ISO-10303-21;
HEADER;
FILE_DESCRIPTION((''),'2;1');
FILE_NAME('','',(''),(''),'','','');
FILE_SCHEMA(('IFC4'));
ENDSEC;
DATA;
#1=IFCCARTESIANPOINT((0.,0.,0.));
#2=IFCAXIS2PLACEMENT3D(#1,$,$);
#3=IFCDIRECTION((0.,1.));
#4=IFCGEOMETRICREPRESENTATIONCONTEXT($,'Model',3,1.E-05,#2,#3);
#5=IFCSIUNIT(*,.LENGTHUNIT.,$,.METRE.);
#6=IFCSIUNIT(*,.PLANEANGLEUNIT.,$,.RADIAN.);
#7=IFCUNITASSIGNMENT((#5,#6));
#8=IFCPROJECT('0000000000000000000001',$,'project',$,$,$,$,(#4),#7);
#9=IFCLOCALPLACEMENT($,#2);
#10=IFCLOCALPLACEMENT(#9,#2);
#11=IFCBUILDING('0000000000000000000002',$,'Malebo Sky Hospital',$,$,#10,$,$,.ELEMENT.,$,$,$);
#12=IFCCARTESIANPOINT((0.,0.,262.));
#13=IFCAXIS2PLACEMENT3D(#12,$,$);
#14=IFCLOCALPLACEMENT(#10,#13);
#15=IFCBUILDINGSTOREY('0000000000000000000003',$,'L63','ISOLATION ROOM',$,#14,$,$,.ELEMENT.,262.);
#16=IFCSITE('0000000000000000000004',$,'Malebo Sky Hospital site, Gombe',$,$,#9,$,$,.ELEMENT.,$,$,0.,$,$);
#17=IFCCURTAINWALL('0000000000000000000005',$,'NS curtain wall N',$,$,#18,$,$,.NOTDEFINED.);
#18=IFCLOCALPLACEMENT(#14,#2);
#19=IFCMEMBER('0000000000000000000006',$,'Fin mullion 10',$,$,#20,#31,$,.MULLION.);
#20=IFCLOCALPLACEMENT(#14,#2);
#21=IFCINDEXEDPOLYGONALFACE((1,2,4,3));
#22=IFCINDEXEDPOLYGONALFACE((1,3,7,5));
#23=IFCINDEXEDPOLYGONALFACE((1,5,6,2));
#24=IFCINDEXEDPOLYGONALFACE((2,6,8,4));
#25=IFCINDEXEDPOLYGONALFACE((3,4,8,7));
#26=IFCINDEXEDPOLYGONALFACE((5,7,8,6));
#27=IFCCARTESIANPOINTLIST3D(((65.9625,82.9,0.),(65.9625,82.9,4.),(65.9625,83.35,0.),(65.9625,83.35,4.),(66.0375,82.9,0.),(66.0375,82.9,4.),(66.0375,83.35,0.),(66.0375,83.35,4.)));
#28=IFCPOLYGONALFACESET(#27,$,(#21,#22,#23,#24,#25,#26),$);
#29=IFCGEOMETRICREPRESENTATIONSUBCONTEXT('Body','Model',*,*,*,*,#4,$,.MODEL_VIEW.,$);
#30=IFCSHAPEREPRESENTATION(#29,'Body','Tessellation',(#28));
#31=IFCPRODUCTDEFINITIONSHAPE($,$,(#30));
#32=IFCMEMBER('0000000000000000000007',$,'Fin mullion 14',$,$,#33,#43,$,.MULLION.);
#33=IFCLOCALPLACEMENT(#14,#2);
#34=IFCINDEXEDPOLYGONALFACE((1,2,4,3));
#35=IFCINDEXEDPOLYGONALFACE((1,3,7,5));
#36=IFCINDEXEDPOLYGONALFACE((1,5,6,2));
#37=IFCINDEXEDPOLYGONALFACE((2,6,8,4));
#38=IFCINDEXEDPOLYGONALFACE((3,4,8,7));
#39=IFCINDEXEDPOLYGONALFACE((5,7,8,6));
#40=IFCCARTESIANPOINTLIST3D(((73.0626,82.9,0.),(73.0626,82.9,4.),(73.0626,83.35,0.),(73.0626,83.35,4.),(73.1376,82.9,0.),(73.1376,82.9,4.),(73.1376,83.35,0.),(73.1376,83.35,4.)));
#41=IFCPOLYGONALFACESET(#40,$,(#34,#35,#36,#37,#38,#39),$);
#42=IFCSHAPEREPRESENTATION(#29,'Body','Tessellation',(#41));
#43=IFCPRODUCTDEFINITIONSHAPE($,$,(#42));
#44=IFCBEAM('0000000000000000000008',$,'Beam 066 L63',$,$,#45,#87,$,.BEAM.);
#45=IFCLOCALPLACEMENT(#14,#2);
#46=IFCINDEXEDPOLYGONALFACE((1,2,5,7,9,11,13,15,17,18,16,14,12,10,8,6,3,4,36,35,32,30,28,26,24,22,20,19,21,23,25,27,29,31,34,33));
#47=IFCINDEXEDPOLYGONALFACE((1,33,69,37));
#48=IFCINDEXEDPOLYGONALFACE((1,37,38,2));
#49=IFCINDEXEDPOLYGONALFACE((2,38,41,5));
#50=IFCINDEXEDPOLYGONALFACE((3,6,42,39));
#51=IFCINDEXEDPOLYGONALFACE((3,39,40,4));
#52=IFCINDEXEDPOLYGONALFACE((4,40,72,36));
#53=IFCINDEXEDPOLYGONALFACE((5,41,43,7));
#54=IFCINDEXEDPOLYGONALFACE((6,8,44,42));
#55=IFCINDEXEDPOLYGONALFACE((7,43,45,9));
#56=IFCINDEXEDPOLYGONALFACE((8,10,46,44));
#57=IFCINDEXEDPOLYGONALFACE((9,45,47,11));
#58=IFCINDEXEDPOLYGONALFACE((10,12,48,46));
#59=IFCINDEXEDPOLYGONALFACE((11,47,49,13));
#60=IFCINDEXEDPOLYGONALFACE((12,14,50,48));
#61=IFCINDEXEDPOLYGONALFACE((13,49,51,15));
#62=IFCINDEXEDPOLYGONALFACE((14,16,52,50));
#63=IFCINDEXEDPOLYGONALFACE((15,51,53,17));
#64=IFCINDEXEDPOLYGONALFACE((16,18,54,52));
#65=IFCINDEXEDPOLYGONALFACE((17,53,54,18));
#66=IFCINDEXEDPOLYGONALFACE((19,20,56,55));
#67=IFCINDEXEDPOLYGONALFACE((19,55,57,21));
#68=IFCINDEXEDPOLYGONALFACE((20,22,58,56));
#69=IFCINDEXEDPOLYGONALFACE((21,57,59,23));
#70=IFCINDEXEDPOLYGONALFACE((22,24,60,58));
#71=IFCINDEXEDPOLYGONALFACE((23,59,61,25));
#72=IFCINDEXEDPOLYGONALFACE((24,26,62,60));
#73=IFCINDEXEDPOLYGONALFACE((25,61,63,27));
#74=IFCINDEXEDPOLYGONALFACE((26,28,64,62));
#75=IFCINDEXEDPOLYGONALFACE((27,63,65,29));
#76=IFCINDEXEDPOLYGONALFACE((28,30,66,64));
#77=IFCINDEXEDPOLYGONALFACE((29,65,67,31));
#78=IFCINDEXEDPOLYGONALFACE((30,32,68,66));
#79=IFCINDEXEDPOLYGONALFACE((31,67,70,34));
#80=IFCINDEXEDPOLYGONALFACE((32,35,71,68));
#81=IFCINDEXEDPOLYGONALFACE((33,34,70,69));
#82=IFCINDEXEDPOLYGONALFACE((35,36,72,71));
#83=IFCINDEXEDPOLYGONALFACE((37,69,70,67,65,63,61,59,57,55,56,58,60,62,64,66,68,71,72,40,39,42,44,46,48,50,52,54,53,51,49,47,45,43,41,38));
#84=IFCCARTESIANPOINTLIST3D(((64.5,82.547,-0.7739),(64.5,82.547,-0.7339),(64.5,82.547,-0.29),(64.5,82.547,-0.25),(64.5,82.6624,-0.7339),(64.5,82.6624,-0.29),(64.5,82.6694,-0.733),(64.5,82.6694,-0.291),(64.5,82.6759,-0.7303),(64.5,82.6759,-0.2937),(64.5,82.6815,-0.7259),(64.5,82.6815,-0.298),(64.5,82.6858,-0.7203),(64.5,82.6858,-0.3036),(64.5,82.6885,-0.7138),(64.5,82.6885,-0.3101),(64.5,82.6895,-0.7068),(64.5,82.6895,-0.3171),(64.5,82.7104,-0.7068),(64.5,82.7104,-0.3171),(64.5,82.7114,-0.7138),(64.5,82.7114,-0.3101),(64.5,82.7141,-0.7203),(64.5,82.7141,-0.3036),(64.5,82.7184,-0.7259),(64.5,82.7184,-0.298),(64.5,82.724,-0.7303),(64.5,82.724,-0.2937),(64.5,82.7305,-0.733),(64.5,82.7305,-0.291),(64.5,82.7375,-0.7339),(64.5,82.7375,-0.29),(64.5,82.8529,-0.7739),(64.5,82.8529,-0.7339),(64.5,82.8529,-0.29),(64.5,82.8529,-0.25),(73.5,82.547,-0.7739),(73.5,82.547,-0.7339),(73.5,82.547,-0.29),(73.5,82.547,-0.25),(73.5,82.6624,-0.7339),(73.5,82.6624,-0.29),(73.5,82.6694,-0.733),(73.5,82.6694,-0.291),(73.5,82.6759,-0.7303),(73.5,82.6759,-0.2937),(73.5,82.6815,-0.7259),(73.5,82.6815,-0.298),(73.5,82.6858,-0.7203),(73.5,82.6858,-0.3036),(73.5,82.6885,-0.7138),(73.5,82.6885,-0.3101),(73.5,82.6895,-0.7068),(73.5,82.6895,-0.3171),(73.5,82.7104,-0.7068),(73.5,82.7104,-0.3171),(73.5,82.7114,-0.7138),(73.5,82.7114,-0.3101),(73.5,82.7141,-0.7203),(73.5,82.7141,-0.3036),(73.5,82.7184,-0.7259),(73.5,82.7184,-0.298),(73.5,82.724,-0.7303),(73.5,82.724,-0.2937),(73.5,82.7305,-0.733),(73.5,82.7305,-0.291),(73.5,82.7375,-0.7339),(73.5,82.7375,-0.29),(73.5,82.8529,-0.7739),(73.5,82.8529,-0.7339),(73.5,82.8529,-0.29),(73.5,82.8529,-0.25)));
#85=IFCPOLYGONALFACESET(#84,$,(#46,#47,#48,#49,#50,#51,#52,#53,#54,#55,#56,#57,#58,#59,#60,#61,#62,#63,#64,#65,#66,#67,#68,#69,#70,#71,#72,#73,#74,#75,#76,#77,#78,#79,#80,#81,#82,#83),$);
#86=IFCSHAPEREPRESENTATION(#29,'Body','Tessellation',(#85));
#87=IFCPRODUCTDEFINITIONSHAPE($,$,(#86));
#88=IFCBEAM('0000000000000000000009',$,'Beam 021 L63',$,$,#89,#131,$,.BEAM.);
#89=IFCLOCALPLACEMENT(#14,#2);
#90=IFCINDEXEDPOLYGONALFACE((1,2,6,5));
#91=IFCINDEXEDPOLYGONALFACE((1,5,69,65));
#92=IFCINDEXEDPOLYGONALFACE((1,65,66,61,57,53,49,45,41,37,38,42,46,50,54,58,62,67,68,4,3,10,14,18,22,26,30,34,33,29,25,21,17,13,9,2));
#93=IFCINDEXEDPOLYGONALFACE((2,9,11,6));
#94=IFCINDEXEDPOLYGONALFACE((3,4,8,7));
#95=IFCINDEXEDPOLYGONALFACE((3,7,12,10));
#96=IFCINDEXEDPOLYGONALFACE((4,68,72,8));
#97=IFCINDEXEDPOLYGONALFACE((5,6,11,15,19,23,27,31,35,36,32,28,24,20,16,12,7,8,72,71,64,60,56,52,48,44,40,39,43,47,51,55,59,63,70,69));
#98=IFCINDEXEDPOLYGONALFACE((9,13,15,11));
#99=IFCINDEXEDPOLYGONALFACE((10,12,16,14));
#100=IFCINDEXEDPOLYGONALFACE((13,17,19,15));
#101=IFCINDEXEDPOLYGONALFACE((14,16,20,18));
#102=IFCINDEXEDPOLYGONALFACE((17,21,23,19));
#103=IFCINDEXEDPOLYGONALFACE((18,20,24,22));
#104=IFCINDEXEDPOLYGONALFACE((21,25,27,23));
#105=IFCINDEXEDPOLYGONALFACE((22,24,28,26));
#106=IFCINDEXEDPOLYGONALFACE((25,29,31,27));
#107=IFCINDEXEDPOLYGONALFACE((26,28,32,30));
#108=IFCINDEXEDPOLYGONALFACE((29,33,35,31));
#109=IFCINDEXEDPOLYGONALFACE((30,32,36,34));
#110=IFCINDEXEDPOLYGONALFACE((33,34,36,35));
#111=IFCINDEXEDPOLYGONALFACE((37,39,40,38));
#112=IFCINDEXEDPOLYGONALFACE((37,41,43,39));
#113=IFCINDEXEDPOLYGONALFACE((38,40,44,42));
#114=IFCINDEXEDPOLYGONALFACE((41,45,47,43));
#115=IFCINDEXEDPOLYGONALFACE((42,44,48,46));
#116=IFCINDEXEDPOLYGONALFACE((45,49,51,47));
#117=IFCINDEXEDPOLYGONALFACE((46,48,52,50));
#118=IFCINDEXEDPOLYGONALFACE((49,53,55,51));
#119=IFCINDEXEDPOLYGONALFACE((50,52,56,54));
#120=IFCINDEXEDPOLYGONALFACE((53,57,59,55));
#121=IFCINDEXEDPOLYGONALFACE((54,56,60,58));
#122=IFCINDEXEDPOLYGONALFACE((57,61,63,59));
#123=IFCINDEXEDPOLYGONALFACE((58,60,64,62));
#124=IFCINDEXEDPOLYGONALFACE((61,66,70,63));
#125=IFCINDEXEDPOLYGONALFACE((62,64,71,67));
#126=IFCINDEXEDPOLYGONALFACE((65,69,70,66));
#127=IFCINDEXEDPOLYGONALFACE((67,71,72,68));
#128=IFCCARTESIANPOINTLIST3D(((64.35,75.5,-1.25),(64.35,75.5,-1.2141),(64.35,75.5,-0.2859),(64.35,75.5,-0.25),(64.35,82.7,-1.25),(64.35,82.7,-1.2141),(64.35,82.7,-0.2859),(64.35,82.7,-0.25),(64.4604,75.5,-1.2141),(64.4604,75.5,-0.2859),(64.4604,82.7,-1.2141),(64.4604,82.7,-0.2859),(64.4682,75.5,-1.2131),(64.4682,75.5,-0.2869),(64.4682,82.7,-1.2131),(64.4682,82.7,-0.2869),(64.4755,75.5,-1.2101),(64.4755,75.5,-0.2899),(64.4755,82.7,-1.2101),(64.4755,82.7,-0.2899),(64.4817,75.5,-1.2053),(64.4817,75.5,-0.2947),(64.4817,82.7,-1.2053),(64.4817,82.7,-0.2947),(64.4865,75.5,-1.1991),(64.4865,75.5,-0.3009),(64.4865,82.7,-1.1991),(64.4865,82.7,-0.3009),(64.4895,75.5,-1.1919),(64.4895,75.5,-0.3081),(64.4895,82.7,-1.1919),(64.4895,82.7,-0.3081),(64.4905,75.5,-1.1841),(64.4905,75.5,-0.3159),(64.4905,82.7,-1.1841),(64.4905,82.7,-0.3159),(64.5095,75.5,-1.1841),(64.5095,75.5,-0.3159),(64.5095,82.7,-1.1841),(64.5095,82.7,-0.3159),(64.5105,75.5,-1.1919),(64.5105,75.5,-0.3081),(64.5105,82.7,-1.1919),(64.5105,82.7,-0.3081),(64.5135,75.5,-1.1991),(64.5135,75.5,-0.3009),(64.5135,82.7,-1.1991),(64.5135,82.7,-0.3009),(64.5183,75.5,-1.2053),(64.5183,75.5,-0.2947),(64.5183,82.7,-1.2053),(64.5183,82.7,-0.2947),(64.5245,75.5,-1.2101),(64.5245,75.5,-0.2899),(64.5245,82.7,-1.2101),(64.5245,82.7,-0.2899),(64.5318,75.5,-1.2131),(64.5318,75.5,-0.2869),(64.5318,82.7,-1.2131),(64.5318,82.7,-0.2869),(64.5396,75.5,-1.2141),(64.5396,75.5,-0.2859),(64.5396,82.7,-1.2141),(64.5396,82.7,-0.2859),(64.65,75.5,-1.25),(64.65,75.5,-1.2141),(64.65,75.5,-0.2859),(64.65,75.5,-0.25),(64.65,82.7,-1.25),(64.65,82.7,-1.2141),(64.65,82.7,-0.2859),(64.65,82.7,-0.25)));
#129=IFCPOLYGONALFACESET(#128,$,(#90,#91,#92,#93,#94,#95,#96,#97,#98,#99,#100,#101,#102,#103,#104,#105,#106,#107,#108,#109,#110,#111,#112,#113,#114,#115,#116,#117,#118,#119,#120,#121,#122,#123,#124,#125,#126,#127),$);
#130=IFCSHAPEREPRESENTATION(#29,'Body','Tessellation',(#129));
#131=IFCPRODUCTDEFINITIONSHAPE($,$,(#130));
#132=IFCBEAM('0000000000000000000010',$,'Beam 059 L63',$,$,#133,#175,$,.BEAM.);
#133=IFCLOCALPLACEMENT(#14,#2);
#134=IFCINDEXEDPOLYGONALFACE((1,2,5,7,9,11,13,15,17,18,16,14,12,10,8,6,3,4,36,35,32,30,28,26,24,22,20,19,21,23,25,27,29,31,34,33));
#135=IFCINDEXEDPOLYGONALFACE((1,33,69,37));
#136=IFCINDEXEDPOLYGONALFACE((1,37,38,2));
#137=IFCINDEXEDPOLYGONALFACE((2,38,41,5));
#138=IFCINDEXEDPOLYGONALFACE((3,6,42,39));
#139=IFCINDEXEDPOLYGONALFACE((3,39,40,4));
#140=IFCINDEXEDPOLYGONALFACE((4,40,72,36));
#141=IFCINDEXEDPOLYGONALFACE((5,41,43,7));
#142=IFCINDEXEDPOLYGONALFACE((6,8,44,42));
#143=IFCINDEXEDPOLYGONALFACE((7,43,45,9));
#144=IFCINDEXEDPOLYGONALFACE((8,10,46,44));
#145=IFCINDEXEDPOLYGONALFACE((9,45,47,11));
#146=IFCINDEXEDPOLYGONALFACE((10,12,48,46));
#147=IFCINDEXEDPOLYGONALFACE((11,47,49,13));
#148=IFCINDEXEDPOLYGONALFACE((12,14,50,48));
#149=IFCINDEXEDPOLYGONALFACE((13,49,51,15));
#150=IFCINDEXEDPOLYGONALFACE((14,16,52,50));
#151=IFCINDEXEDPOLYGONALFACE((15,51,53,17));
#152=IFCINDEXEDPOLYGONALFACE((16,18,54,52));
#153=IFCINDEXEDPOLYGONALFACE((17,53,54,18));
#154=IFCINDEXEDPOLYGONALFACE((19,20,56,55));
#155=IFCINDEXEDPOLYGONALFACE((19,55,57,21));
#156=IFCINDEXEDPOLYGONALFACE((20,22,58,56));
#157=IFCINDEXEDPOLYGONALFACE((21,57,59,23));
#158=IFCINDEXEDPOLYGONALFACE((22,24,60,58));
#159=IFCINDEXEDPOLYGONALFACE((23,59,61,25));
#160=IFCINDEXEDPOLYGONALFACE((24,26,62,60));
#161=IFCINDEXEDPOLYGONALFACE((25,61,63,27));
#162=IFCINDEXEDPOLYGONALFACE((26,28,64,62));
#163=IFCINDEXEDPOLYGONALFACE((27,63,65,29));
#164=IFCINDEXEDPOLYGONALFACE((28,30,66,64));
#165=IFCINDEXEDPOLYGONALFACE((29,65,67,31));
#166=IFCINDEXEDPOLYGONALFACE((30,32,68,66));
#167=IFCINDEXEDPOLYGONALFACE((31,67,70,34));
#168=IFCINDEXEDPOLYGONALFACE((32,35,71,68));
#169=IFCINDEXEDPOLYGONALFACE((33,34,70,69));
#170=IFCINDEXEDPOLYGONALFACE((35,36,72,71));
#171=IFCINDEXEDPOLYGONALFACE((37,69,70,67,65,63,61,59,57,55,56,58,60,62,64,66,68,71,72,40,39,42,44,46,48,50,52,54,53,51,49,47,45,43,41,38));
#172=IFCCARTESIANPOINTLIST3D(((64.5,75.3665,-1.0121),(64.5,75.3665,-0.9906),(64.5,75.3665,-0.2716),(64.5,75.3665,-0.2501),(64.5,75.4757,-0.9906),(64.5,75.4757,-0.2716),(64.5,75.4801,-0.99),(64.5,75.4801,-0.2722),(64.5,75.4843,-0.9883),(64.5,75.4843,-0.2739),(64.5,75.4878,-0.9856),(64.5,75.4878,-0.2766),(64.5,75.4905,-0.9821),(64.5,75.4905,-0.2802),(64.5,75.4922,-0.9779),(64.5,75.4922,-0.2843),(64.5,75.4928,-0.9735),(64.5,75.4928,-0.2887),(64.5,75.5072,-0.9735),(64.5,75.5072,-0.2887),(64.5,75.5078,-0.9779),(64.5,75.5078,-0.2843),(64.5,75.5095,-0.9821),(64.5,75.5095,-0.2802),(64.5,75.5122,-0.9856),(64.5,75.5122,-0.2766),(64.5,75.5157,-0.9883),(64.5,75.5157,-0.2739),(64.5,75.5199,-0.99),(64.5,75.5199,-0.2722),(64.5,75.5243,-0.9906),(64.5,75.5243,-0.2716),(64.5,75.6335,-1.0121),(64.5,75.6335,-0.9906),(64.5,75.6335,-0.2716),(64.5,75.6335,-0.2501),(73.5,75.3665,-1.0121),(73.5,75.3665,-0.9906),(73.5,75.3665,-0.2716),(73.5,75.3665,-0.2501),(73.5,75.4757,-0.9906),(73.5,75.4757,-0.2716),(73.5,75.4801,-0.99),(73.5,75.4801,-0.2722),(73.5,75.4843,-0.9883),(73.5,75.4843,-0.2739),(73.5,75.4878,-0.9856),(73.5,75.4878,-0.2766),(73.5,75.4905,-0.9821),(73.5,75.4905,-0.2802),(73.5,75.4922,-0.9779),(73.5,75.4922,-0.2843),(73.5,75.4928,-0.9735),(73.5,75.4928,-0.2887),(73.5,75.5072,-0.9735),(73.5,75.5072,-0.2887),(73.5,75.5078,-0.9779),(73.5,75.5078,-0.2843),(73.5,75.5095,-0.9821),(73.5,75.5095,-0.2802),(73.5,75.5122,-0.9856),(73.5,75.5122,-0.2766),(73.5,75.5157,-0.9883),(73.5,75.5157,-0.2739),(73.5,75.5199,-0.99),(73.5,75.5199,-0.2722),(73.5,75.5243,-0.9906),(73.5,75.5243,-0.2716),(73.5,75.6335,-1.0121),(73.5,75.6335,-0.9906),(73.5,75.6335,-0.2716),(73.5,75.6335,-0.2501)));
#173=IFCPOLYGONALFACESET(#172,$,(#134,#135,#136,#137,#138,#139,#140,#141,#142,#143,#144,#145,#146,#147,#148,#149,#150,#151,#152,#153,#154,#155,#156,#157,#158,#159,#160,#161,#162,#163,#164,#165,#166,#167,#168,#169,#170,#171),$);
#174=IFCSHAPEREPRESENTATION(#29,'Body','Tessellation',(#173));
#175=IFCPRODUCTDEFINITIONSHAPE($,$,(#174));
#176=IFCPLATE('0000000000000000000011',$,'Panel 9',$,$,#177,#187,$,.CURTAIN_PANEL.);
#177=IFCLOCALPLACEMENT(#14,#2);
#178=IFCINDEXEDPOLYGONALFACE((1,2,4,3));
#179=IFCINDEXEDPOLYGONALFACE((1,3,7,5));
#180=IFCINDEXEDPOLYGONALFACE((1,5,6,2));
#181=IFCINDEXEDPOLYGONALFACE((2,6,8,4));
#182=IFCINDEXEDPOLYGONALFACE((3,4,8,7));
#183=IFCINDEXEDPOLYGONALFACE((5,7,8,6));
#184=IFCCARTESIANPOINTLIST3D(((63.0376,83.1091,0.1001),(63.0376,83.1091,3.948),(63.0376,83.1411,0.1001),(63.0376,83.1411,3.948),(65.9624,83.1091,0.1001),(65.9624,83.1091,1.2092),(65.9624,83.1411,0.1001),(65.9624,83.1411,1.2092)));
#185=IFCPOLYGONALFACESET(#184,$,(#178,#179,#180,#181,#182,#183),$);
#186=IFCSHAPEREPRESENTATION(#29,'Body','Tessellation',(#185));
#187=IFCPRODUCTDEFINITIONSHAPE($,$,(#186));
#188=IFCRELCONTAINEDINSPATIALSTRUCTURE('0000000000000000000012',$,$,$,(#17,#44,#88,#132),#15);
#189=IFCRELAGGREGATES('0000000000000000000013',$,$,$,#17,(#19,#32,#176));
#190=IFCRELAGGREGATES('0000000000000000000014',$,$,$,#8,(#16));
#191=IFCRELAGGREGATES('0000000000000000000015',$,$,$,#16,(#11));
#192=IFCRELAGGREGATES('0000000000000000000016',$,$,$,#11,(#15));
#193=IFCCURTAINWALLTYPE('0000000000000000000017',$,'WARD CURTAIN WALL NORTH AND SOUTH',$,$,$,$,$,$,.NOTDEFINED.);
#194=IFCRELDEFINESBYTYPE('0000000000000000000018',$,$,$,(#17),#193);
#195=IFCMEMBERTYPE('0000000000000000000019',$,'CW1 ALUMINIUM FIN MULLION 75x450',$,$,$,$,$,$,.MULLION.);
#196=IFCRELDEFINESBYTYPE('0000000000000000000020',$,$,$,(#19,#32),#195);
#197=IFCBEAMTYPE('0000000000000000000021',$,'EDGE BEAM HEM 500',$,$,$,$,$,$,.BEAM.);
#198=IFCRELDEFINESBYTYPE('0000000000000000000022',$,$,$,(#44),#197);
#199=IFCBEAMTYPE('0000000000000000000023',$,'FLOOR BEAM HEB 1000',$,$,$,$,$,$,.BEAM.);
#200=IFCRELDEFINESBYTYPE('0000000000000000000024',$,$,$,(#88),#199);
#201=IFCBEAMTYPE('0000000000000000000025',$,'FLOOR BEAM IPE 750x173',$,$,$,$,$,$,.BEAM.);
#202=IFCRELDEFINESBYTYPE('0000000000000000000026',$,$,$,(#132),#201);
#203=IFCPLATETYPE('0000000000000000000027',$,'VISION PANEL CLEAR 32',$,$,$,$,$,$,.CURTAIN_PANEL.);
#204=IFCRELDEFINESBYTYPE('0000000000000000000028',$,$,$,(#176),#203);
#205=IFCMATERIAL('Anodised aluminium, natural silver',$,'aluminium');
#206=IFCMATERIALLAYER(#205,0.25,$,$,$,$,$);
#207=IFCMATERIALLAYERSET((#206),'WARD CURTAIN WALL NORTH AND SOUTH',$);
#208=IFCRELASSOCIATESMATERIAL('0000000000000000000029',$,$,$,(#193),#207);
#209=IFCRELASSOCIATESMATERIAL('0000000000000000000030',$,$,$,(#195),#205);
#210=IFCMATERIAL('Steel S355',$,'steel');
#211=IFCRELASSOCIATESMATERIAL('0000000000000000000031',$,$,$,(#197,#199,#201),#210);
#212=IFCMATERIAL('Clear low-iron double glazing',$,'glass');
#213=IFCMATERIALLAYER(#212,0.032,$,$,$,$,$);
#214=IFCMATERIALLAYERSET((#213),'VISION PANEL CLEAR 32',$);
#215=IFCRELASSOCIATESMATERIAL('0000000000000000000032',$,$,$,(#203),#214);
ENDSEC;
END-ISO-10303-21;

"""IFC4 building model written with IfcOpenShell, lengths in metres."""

from ifc_helpers import new_model, si_unit, direction, frame, origin, origin_2d, place, context, subcontext, project, spatial, polyline, rectangle, i_section, outline, extrude, material, layer, layer_set, material_profile, profile_set, type_object, element, aggregate, save


model = new_model("IFC4")

# Units and contexts
model_context = context("Model", 3, precision=1e-05, world=origin(), true_north=direction((0.0, 1.0)))
body_context = subcontext(model_context, "Body", "Model", "MODEL_VIEW")
ifc_project = project(units=[si_unit("LENGTHUNIT", "METRE"), si_unit("PLANEANGLEUNIT", "RADIAN")], contexts=[model_context])

# Site, building, storey
site_placement = place(None, origin())
site = spatial("IfcSite", under=ifc_project, at=site_placement, Name="Malebo Sky Hospital site, Gombe", CompositionType="ELEMENT", RefElevation=0.0)
building_placement = place(site_placement, origin())
building = spatial("IfcBuilding", under=site, at=building_placement, Name="Malebo Sky Hospital", CompositionType="ELEMENT")
storey_placement = place(building_placement, frame((0.0, 0.0, 262.0)))
storey = spatial("IfcBuildingStorey", under=building, at=storey_placement, Name="L63", Description="ISOLATION ROOM", CompositionType="ELEMENT", Elevation=262.0)

# Curtain wall
ifc_material_1 = material(Name="Anodised aluminium, natural silver", Category="aluminium")
ifc_layer_1 = layer(ifc_material_1, 0.25)
ifc_layer_set_1 = layer_set([ifc_layer_1], Name="WARD CURTAIN WALL NORTH AND SOUTH")
curtain_wall_type = type_object("IfcCurtainWallType", Name="WARD CURTAIN WALL NORTH AND SOUTH", PredefinedType="NOTDEFINED", material=ifc_layer_set_1)
curtain_wall_placement = place(storey_placement, origin())
curtain_wall = element("IfcCurtainWall", 1, at=curtain_wall_placement, inside=storey, type_object=curtain_wall_type, Name="NS curtain wall N", PredefinedType="NOTDEFINED")

# Members
ifc_material_2 = material(Name="Steel S355", Category="steel")
ifc_material_profile_1 = material_profile(ifc_material_1, rectangle(XDim=0.075, YDim=0.45, at=origin_2d()), Name="CW1 ALUMINIUM FIN MULLION 75x450")
ifc_profile_set_1 = profile_set([ifc_material_profile_1], Name="Anodised aluminium, natural silver")
member_type_1 = type_object("IfcMemberType", Name="CW1 ALUMINIUM FIN MULLION 75x450", PredefinedType="MULLION", material=ifc_profile_set_1)
member_1_placement = place(storey_placement, frame((66.0, 83.125, 0.0), z_axis=(0.0, 0.0, 1.0), x_axis=(1.0, 0.0, 0.0)))
member_1 = element("IfcMember", 2, at=member_1_placement, type_object=member_type_1, Name="Fin mullion 10", PredefinedType="MULLION", context=body_context, shape_type="SweptSolid", body=[
    extrude(rectangle(XDim=0.075, YDim=0.45, at=origin_2d()), origin(), (0.0, 0.0, 1.0), 4.0),
])
member_2_placement = place(storey_placement, frame((73.1001, 83.125, 0.0), z_axis=(0.0, 0.0, 1.0), x_axis=(1.0, 0.0, 0.0)))
member_2 = element("IfcMember", 3, at=member_2_placement, type_object=member_type_1, Name="Fin mullion 14", PredefinedType="MULLION", context=body_context, shape_type="SweptSolid", body=[
    extrude(rectangle(XDim=0.075, YDim=0.45, at=origin_2d()), origin(), (0.0, 0.0, 1.0), 4.0),
])

# Beams
ifc_material_profile_2 = material_profile(ifc_material_2, i_section(OverallWidth=0.3059, OverallDepth=0.5239, WebThickness=0.021, FlangeThickness=0.04, FilletRadius=0.0271, at=origin_2d()), Name="HEM 500")
ifc_profile_set_2 = profile_set([ifc_material_profile_2], Name="Steel S355")
beam_type_1 = type_object("IfcBeamType", Name="EDGE BEAM HEM 500", PredefinedType="BEAM", material=ifc_profile_set_2)
beam_1_placement = place(storey_placement, frame((64.5, 82.7, -0.512), z_axis=(1.0, 0.0, 0.0), x_axis=(0.0, 1.0, 0.0)))
element("IfcBeam", 4, at=beam_1_placement, inside=storey, type_object=beam_type_1, Name="Beam 066 L63", PredefinedType="BEAM", context=body_context, shape_type="SweptSolid", body=[
    extrude(i_section(OverallWidth=0.3059, OverallDepth=0.5239, WebThickness=0.021, FlangeThickness=0.04, FilletRadius=0.0271, at=origin_2d()), origin(), (0.0, 0.0, 1.0), 9.0),
])
ifc_material_profile_3 = material_profile(ifc_material_2, i_section(OverallWidth=0.3, OverallDepth=1.0, WebThickness=0.019, FlangeThickness=0.0359, FilletRadius=0.03, at=origin_2d()), Name="HEB 1000")
ifc_profile_set_3 = profile_set([ifc_material_profile_3], Name="Steel S355")
beam_type_2 = type_object("IfcBeamType", Name="FLOOR BEAM HEB 1000", PredefinedType="BEAM", material=ifc_profile_set_3)
beam_2_placement = place(storey_placement, frame((64.5, 75.5, -0.75), z_axis=(0.0, 1.0, 0.0), x_axis=(-1.0, 0.0, 0.0)))
element("IfcBeam", 5, at=beam_2_placement, inside=storey, type_object=beam_type_2, Name="Beam 021 L63", PredefinedType="BEAM", context=body_context, shape_type="SweptSolid", body=[
    extrude(i_section(OverallWidth=0.3, OverallDepth=1.0, WebThickness=0.019, FlangeThickness=0.0359, FilletRadius=0.03, at=origin_2d()), origin(), (0.0, 0.0, 1.0), 7.2),
])
ifc_material_profile_4 = material_profile(ifc_material_2, i_section(OverallWidth=0.2671, OverallDepth=0.762, WebThickness=0.0144, FlangeThickness=0.0215, FilletRadius=0.0171, at=origin_2d()), Name="IPE 750x173")
ifc_profile_set_4 = profile_set([ifc_material_profile_4], Name="Steel S355")
beam_type_3 = type_object("IfcBeamType", Name="FLOOR BEAM IPE 750x173", PredefinedType="BEAM", material=ifc_profile_set_4)
beam_3_placement = place(storey_placement, frame((64.5, 75.5, -0.6311), z_axis=(1.0, 0.0, 0.0), x_axis=(0.0, 1.0, 0.0)))
element("IfcBeam", 6, at=beam_3_placement, inside=storey, type_object=beam_type_3, Name="Beam 059 L63", PredefinedType="BEAM", context=body_context, shape_type="SweptSolid", body=[
    extrude(i_section(OverallWidth=0.2671, OverallDepth=0.762, WebThickness=0.0144, FlangeThickness=0.0215, FilletRadius=0.0171, at=origin_2d()), origin(), (0.0, 0.0, 1.0), 9.0),
])

# Plate
ifc_material_3 = material(Name="Clear low-iron double glazing", Category="glass")
ifc_layer_2 = layer(ifc_material_3, 0.032)
ifc_layer_set_2 = layer_set([ifc_layer_2], Name="VISION PANEL CLEAR 32")
plate_type = type_object("IfcPlateType", Name="VISION PANEL CLEAR 32", PredefinedType="CURTAIN_PANEL", material=ifc_layer_set_2)
plate_1_placement = place(storey_placement, frame((64.5, 83.125, 0.1001), z_axis=(0.0, 0.0, 1.0), x_axis=(1.0, 0.0, 0.0)))
plate_1 = element("IfcPlate", 7, at=plate_1_placement, type_object=plate_type, Name="Panel 9", PredefinedType="CURTAIN_PANEL", context=body_context, shape_type="SweptSolid", body=[
    extrude(outline(polyline([(-1.4624, 0.0), (1.4624, 0.0), (1.4624, 1.1091), (-1.4624, 3.8479), (-1.4624, 0.0)])), frame((0.0, 0.0161, 0.0), z_axis=(0.0, -1.0, 0.0), x_axis=(1.0, 0.0, 0.0)), (0.0, 0.0, 1.0), 0.032),
])
aggregate(curtain_wall, [member_1, member_2, plate_1])

save(model, "model.ifc")
